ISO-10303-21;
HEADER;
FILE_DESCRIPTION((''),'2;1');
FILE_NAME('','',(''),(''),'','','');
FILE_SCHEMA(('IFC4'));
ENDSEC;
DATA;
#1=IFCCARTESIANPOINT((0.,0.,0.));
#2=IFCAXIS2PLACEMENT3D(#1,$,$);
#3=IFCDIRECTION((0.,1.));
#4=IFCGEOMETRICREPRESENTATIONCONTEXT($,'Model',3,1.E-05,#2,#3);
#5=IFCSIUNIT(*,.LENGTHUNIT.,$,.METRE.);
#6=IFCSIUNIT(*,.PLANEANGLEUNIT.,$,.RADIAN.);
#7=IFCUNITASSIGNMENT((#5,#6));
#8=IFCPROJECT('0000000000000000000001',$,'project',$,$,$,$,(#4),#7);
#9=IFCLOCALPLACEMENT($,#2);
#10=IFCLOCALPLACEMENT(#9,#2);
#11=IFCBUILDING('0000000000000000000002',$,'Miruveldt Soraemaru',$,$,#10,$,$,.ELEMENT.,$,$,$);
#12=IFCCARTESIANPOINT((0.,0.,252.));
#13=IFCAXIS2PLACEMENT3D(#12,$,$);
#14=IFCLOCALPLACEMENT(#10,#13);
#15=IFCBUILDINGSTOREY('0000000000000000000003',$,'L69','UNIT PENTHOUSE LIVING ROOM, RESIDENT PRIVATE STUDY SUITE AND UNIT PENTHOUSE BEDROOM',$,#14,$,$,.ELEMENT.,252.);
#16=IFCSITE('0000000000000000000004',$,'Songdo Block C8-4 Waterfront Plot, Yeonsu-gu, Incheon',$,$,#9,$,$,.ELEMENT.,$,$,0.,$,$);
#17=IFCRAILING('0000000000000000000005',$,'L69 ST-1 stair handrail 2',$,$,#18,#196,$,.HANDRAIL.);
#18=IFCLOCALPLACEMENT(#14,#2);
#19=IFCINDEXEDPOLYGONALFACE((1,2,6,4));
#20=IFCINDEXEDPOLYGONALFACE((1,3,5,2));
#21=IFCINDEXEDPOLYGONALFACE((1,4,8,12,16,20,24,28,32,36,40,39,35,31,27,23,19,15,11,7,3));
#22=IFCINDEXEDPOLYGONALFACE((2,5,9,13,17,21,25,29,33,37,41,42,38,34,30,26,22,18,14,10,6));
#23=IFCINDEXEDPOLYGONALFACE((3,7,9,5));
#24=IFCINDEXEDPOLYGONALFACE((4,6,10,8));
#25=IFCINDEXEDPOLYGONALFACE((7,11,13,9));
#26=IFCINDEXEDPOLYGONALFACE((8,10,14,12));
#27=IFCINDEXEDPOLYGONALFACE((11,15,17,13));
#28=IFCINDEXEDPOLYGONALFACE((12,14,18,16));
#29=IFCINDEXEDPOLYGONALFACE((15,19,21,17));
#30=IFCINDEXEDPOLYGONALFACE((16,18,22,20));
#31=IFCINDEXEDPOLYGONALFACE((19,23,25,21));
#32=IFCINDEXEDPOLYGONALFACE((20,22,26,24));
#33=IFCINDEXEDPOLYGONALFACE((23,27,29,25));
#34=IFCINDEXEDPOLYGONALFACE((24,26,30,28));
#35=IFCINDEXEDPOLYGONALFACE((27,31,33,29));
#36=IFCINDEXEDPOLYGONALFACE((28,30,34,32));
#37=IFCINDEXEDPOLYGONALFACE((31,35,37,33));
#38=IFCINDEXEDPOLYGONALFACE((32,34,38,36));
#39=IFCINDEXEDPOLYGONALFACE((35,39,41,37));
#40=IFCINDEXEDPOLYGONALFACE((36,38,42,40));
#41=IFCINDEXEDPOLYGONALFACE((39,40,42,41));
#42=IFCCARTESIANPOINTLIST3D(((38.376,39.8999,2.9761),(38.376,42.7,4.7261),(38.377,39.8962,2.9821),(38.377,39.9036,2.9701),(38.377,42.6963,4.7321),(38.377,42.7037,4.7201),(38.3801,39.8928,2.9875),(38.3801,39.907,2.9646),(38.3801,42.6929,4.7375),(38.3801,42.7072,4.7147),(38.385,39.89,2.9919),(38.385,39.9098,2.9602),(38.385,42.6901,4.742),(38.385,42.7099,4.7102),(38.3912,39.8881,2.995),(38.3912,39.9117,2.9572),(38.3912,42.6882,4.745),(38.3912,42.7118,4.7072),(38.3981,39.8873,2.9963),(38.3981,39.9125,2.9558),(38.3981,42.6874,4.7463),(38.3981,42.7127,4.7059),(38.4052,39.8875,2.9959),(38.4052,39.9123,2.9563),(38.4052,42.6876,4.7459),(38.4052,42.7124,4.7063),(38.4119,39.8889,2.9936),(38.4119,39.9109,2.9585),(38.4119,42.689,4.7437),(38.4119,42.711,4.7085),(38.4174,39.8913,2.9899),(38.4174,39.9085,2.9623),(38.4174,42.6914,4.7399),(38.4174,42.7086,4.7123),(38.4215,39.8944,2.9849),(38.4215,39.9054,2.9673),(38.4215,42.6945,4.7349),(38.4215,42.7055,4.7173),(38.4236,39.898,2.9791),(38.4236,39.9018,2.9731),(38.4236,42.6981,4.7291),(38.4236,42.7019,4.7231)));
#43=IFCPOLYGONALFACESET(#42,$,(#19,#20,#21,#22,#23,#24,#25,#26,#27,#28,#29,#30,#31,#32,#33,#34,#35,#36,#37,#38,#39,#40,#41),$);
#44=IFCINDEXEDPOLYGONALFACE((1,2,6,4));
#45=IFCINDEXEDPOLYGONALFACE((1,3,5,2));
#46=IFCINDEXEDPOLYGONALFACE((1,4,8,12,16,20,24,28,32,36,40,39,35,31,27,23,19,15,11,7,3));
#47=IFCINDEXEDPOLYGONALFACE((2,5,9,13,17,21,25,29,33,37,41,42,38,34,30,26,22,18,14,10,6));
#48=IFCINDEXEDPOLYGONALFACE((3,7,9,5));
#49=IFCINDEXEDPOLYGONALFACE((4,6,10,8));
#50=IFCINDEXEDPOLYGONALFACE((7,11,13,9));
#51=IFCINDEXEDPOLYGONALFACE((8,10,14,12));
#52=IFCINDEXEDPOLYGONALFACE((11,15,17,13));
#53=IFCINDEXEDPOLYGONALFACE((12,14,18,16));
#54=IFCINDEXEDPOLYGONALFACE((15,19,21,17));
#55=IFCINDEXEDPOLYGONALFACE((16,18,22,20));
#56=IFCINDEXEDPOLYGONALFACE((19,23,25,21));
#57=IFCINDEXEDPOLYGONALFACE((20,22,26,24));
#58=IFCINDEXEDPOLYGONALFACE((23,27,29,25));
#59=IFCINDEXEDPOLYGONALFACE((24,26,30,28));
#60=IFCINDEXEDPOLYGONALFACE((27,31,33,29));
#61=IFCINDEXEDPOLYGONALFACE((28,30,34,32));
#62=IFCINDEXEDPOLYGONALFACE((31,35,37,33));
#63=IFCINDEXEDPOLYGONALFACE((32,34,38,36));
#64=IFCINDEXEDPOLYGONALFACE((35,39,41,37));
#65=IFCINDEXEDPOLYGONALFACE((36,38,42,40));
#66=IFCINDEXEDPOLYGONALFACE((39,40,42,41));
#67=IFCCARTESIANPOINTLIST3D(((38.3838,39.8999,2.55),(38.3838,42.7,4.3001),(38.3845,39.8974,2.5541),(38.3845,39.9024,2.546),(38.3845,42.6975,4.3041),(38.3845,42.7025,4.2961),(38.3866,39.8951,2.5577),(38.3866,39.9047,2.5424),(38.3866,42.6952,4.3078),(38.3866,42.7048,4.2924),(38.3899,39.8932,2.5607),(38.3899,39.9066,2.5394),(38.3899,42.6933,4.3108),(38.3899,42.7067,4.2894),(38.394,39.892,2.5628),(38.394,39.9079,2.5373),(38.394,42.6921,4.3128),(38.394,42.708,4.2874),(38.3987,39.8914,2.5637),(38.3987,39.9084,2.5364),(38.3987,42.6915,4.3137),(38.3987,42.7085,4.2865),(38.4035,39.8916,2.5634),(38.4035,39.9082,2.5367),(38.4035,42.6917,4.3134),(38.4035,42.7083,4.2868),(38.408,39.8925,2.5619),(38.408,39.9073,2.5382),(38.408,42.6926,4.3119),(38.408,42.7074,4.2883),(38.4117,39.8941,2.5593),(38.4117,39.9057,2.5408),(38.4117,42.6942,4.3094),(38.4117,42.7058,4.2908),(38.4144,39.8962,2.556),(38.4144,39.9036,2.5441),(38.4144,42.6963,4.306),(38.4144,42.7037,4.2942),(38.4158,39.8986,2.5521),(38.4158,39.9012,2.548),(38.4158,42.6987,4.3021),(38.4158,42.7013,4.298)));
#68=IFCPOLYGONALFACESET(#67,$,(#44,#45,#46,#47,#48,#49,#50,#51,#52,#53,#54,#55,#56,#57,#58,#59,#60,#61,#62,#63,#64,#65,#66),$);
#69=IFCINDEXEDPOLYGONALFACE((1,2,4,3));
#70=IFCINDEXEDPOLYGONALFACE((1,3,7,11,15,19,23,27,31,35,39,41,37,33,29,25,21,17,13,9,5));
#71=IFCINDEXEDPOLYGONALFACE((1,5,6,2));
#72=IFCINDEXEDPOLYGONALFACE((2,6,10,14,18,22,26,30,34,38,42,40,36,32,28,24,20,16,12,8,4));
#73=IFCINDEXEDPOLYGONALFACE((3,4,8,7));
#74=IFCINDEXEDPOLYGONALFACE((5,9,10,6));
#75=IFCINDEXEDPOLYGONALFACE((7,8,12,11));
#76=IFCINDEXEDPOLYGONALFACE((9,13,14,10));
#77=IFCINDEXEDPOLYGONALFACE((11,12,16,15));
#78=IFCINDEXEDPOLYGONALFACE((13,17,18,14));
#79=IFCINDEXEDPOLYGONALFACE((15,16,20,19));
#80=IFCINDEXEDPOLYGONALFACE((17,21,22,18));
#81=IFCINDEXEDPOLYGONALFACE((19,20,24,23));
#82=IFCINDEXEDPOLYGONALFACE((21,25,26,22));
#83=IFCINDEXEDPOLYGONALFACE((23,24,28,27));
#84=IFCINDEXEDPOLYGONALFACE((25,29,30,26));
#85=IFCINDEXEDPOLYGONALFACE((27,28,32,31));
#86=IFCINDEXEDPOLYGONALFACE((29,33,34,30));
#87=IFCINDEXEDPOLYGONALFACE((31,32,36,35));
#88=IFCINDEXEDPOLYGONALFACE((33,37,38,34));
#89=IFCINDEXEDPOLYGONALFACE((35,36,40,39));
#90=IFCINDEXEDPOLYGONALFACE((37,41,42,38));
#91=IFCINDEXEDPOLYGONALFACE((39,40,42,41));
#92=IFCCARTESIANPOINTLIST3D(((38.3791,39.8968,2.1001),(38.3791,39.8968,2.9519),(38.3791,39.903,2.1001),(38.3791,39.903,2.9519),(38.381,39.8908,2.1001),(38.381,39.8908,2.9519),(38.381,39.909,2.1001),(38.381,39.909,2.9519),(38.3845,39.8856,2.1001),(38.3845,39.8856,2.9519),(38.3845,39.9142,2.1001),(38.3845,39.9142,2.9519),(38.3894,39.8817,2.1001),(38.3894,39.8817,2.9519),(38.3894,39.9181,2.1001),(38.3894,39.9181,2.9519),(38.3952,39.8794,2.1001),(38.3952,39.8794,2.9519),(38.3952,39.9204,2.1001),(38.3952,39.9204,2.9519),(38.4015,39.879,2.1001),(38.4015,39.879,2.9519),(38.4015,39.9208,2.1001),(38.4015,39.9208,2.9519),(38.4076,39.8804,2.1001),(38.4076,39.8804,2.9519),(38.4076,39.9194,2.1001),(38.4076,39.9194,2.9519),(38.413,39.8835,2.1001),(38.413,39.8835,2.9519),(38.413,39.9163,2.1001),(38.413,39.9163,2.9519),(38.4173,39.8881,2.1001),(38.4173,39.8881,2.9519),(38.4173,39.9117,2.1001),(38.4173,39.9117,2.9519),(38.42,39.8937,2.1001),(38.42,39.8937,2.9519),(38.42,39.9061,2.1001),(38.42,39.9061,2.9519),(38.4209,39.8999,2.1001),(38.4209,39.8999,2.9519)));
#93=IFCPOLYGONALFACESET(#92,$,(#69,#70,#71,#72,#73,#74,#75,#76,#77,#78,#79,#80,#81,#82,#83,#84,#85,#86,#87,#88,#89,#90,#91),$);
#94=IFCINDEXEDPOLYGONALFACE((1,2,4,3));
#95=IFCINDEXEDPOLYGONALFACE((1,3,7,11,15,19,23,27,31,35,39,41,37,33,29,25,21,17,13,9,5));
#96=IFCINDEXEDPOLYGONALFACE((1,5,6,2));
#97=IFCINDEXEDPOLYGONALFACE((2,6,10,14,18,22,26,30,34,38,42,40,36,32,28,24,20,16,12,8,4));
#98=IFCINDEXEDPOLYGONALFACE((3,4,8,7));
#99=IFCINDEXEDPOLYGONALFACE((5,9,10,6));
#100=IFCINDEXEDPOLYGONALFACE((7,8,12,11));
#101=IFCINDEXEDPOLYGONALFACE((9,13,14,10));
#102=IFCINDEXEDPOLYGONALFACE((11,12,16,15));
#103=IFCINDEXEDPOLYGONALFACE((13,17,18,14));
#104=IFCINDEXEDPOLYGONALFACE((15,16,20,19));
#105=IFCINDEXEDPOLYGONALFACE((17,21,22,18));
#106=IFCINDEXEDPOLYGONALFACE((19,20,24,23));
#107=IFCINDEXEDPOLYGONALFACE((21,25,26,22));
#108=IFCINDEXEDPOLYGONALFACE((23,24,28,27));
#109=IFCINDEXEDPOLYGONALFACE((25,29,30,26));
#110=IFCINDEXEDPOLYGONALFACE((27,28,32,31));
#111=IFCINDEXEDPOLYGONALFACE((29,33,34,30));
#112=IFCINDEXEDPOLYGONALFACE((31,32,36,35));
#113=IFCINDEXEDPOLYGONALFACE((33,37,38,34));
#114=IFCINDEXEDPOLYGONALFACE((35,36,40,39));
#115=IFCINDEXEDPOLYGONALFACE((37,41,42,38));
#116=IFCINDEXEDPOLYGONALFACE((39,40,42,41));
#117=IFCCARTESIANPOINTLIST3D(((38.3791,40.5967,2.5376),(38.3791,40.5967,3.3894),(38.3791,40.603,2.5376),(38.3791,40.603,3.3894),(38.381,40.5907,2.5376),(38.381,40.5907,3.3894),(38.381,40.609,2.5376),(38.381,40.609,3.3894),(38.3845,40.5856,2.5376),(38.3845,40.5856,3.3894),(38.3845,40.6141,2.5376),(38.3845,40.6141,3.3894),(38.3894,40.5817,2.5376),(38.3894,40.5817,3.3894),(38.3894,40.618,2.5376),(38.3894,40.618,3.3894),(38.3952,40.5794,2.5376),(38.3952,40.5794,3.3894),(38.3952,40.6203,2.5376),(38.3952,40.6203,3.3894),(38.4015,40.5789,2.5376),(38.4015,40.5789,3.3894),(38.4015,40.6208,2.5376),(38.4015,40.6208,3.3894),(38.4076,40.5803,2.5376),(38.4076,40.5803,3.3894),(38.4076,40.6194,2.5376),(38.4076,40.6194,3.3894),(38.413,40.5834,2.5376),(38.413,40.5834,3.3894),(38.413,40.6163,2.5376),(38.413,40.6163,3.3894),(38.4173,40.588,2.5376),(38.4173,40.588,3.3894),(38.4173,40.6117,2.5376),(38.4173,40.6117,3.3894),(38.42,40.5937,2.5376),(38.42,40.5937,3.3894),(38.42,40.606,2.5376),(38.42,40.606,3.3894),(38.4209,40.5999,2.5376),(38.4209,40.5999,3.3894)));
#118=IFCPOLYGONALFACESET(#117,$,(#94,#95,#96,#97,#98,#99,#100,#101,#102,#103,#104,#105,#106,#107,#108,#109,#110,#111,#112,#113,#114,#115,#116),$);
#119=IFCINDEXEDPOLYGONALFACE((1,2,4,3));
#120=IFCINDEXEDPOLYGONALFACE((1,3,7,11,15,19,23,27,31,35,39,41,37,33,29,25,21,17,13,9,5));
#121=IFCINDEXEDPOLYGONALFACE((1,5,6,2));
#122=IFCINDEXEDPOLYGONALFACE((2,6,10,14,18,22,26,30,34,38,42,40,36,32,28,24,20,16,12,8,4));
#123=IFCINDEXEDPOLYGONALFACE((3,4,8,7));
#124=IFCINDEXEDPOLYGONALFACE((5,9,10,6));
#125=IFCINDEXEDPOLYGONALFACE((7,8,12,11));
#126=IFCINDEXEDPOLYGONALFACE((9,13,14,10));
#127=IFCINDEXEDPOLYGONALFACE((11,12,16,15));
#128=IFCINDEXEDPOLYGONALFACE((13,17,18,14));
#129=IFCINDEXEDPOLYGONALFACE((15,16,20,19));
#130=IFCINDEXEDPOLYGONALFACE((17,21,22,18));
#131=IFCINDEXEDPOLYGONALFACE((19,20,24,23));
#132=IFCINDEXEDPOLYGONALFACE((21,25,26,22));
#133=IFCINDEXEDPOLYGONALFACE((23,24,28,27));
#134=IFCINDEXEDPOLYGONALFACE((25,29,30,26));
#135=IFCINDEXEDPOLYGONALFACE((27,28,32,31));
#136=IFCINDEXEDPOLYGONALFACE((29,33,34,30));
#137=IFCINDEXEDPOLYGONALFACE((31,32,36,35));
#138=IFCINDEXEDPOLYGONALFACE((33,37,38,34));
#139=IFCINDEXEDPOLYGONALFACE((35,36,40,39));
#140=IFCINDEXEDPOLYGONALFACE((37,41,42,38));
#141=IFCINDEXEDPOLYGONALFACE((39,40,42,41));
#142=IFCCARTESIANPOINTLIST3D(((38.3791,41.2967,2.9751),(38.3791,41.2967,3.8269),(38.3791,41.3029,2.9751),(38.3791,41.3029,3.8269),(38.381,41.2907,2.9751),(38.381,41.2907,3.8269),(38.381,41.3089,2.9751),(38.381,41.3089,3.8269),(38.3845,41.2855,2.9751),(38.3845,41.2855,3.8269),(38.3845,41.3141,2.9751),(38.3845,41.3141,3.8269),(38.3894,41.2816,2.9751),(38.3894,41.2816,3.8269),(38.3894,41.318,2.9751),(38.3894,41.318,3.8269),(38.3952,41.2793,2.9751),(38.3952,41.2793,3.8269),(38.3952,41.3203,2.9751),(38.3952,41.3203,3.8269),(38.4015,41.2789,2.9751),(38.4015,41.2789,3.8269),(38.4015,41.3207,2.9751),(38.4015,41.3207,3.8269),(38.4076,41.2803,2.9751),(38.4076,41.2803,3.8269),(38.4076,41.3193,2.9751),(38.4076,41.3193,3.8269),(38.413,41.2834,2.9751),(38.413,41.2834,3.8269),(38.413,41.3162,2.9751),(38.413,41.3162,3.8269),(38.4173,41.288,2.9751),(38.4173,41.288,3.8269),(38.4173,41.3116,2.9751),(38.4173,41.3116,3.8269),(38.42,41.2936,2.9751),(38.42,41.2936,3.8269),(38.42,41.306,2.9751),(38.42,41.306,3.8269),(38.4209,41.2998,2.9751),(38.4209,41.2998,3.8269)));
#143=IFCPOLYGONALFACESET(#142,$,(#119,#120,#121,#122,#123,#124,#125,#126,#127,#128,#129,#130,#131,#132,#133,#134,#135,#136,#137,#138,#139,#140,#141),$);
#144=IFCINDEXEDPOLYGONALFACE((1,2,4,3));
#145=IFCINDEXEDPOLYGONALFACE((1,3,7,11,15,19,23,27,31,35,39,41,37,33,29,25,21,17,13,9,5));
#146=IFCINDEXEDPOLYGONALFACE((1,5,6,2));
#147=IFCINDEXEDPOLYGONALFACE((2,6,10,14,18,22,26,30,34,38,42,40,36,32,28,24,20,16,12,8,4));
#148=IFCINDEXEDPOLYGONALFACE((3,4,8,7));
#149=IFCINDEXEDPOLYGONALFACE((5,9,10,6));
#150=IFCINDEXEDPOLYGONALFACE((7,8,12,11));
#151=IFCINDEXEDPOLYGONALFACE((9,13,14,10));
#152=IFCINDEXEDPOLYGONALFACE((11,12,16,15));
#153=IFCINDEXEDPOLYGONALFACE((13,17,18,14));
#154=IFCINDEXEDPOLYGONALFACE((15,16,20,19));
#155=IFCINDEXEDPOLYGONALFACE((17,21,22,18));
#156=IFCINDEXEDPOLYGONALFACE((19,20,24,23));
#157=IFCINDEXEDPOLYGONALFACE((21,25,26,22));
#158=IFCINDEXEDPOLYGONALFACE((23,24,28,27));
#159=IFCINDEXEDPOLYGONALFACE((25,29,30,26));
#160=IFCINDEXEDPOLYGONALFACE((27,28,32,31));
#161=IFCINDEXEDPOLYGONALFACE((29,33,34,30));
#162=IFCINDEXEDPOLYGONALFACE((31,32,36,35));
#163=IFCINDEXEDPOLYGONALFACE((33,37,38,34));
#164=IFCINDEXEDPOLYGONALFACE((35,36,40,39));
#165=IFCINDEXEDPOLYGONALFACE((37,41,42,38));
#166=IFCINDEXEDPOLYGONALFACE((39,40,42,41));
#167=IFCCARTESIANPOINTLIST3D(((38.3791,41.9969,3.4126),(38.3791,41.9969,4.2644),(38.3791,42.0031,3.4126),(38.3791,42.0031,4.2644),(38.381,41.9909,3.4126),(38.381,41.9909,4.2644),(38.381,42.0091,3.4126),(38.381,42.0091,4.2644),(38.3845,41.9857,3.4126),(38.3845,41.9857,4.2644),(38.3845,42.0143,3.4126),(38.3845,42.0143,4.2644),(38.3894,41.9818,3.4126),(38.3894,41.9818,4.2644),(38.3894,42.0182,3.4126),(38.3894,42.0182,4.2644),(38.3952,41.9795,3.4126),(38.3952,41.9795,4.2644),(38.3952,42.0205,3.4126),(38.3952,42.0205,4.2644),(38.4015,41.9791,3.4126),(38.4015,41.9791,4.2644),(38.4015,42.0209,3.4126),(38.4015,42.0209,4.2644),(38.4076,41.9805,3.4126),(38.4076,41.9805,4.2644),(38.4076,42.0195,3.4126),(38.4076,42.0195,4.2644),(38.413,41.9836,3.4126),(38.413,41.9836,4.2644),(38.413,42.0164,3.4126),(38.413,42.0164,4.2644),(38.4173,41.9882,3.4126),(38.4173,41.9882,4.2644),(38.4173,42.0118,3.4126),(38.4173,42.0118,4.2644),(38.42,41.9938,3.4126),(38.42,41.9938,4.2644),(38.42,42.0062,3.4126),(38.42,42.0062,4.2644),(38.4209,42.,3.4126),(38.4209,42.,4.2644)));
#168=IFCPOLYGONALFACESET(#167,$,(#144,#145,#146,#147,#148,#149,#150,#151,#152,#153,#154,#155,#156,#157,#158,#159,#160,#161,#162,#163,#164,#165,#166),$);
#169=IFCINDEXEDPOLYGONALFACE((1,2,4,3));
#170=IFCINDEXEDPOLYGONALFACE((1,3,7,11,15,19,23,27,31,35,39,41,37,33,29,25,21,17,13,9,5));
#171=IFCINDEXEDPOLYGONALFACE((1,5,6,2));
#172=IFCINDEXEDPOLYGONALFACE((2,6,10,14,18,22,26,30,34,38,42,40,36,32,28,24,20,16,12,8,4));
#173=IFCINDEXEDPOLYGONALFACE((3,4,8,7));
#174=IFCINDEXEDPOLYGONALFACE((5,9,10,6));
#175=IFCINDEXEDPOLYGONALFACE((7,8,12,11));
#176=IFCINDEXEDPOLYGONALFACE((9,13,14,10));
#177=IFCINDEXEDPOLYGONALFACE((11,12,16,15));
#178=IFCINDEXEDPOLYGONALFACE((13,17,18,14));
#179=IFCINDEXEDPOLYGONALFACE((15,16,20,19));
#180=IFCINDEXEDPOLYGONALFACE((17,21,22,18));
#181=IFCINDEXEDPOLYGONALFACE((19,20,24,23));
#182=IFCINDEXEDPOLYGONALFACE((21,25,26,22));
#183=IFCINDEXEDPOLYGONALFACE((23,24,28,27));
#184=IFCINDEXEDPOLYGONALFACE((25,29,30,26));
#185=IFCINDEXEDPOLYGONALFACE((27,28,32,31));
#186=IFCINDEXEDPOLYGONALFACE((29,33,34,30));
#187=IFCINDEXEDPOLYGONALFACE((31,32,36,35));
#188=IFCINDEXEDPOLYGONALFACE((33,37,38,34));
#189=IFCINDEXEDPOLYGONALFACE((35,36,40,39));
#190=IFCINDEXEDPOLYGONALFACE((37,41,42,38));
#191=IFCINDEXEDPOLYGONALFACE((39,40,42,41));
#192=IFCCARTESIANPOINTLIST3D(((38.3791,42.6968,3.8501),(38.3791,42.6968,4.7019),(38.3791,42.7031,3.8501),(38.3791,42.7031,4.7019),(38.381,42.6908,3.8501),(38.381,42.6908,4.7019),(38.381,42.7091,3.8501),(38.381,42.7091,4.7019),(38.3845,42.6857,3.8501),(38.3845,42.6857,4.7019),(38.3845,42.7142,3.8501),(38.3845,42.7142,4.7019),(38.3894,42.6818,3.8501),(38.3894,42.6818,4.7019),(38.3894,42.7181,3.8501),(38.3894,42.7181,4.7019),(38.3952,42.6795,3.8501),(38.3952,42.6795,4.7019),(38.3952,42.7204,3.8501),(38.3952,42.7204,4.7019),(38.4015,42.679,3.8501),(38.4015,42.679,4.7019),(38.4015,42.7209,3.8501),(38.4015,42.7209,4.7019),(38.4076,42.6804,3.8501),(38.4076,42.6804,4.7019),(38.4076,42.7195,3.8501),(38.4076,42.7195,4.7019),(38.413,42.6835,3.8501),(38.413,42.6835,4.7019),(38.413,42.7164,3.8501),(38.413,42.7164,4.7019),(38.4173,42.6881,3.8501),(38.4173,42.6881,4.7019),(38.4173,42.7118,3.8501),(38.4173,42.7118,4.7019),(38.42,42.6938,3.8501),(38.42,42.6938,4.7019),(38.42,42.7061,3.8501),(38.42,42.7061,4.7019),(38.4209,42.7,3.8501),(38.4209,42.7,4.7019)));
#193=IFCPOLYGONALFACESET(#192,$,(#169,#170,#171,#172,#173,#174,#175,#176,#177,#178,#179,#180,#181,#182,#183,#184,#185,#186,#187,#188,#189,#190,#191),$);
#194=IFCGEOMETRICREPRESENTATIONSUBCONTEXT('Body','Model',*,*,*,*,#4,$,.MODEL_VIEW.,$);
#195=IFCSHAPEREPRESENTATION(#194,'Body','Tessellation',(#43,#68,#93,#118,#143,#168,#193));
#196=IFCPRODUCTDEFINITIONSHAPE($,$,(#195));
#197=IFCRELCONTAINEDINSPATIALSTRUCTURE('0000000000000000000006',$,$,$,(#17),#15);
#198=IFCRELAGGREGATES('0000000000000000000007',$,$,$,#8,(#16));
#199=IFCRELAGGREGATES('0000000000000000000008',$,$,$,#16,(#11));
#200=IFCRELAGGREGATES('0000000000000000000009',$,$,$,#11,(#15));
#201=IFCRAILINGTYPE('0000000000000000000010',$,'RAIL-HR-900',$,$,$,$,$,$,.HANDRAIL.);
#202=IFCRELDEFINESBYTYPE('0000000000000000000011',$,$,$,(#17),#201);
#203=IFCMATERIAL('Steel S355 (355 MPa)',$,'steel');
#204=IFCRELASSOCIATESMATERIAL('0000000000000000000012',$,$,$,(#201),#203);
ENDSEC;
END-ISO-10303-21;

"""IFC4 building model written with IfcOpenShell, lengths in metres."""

from ifc_helpers import new_model, si_unit, direction, frame, origin, origin_2d, place, context, subcontext, project, spatial, circle, extrude, material, type_object, element, save


model = new_model("IFC4")

# Units and contexts
model_context = context("Model", 3, precision=1e-05, world=origin(), true_north=direction((0.0, 1.0)))
body_context = subcontext(model_context, "Body", "Model", "MODEL_VIEW")
ifc_project = project(units=[si_unit("LENGTHUNIT", "METRE"), si_unit("PLANEANGLEUNIT", "RADIAN")], contexts=[model_context])

# Site, building, storey
site_placement = place(None, origin())
site = spatial("IfcSite", under=ifc_project, at=site_placement, Name="Songdo Block C8-4 Waterfront Plot, Yeonsu-gu, Incheon", CompositionType="ELEMENT", RefElevation=0.0)
building_placement = place(site_placement, origin())
building = spatial("IfcBuilding", under=site, at=building_placement, Name="Miruveldt Soraemaru", CompositionType="ELEMENT")
storey_placement = place(building_placement, frame((0.0, 0.0, 252.0)))
storey = spatial("IfcBuildingStorey", under=building, at=storey_placement, Name="L69", Description="UNIT PENTHOUSE LIVING ROOM, RESIDENT PRIVATE STUDY SUITE AND UNIT PENTHOUSE BEDROOM", CompositionType="ELEMENT", Elevation=252.0)

# Railing
ifc_material_1 = material(Name="Steel S355 (355 MPa)", Category="steel")
railing_type_1 = type_object("IfcRailingType", Name="RAIL-HR-900", PredefinedType="HANDRAIL", material=ifc_material_1)
railing_1_placement = place(storey_placement, frame((38.3999, 39.8999, 2.1001)))
element("IfcRailing", 1, at=railing_1_placement, inside=storey, type_object=railing_type_1, Name="L69 ST-1 stair handrail 2", PredefinedType="HANDRAIL", context=body_context, shape_type="SweptSolid", body=[
    extrude(circle(Radius=0.0239, at=origin_2d()), frame((0.0, 0.0, 0.876), z_axis=(0.0, 0.848002, 0.529992), x_axis=(-1.0, 0.0, 0.0)), (0.0, 0.0, 1.0), 3.302),
    extrude(circle(Radius=0.0161, at=origin_2d()), frame((0.0, 0.0, 0.45), z_axis=(0.0, 0.848002, 0.529992), x_axis=(-1.0, 0.0, 0.0)), (0.0, 0.0, 1.0), 3.302),
    extrude(circle(Radius=0.021, at=origin_2d()), origin(), (0.0, 0.0, 1.0), 0.8518),
    extrude(circle(Radius=0.021, at=origin_2d()), frame((0.0, 0.7, 0.4375)), (0.0, 0.0, 1.0), 0.8518),
    extrude(circle(Radius=0.021, at=origin_2d()), frame((0.0, 1.3999, 0.875)), (0.0, 0.0, 1.0), 0.8518),
    extrude(circle(Radius=0.021, at=origin_2d()), frame((0.0, 2.1001, 1.3125)), (0.0, 0.0, 1.0), 0.8518),
    extrude(circle(Radius=0.021, at=origin_2d()), frame((0.0, 2.8, 1.75)), (0.0, 0.0, 1.0), 0.8518),
])

save(model, "model.ifc")
